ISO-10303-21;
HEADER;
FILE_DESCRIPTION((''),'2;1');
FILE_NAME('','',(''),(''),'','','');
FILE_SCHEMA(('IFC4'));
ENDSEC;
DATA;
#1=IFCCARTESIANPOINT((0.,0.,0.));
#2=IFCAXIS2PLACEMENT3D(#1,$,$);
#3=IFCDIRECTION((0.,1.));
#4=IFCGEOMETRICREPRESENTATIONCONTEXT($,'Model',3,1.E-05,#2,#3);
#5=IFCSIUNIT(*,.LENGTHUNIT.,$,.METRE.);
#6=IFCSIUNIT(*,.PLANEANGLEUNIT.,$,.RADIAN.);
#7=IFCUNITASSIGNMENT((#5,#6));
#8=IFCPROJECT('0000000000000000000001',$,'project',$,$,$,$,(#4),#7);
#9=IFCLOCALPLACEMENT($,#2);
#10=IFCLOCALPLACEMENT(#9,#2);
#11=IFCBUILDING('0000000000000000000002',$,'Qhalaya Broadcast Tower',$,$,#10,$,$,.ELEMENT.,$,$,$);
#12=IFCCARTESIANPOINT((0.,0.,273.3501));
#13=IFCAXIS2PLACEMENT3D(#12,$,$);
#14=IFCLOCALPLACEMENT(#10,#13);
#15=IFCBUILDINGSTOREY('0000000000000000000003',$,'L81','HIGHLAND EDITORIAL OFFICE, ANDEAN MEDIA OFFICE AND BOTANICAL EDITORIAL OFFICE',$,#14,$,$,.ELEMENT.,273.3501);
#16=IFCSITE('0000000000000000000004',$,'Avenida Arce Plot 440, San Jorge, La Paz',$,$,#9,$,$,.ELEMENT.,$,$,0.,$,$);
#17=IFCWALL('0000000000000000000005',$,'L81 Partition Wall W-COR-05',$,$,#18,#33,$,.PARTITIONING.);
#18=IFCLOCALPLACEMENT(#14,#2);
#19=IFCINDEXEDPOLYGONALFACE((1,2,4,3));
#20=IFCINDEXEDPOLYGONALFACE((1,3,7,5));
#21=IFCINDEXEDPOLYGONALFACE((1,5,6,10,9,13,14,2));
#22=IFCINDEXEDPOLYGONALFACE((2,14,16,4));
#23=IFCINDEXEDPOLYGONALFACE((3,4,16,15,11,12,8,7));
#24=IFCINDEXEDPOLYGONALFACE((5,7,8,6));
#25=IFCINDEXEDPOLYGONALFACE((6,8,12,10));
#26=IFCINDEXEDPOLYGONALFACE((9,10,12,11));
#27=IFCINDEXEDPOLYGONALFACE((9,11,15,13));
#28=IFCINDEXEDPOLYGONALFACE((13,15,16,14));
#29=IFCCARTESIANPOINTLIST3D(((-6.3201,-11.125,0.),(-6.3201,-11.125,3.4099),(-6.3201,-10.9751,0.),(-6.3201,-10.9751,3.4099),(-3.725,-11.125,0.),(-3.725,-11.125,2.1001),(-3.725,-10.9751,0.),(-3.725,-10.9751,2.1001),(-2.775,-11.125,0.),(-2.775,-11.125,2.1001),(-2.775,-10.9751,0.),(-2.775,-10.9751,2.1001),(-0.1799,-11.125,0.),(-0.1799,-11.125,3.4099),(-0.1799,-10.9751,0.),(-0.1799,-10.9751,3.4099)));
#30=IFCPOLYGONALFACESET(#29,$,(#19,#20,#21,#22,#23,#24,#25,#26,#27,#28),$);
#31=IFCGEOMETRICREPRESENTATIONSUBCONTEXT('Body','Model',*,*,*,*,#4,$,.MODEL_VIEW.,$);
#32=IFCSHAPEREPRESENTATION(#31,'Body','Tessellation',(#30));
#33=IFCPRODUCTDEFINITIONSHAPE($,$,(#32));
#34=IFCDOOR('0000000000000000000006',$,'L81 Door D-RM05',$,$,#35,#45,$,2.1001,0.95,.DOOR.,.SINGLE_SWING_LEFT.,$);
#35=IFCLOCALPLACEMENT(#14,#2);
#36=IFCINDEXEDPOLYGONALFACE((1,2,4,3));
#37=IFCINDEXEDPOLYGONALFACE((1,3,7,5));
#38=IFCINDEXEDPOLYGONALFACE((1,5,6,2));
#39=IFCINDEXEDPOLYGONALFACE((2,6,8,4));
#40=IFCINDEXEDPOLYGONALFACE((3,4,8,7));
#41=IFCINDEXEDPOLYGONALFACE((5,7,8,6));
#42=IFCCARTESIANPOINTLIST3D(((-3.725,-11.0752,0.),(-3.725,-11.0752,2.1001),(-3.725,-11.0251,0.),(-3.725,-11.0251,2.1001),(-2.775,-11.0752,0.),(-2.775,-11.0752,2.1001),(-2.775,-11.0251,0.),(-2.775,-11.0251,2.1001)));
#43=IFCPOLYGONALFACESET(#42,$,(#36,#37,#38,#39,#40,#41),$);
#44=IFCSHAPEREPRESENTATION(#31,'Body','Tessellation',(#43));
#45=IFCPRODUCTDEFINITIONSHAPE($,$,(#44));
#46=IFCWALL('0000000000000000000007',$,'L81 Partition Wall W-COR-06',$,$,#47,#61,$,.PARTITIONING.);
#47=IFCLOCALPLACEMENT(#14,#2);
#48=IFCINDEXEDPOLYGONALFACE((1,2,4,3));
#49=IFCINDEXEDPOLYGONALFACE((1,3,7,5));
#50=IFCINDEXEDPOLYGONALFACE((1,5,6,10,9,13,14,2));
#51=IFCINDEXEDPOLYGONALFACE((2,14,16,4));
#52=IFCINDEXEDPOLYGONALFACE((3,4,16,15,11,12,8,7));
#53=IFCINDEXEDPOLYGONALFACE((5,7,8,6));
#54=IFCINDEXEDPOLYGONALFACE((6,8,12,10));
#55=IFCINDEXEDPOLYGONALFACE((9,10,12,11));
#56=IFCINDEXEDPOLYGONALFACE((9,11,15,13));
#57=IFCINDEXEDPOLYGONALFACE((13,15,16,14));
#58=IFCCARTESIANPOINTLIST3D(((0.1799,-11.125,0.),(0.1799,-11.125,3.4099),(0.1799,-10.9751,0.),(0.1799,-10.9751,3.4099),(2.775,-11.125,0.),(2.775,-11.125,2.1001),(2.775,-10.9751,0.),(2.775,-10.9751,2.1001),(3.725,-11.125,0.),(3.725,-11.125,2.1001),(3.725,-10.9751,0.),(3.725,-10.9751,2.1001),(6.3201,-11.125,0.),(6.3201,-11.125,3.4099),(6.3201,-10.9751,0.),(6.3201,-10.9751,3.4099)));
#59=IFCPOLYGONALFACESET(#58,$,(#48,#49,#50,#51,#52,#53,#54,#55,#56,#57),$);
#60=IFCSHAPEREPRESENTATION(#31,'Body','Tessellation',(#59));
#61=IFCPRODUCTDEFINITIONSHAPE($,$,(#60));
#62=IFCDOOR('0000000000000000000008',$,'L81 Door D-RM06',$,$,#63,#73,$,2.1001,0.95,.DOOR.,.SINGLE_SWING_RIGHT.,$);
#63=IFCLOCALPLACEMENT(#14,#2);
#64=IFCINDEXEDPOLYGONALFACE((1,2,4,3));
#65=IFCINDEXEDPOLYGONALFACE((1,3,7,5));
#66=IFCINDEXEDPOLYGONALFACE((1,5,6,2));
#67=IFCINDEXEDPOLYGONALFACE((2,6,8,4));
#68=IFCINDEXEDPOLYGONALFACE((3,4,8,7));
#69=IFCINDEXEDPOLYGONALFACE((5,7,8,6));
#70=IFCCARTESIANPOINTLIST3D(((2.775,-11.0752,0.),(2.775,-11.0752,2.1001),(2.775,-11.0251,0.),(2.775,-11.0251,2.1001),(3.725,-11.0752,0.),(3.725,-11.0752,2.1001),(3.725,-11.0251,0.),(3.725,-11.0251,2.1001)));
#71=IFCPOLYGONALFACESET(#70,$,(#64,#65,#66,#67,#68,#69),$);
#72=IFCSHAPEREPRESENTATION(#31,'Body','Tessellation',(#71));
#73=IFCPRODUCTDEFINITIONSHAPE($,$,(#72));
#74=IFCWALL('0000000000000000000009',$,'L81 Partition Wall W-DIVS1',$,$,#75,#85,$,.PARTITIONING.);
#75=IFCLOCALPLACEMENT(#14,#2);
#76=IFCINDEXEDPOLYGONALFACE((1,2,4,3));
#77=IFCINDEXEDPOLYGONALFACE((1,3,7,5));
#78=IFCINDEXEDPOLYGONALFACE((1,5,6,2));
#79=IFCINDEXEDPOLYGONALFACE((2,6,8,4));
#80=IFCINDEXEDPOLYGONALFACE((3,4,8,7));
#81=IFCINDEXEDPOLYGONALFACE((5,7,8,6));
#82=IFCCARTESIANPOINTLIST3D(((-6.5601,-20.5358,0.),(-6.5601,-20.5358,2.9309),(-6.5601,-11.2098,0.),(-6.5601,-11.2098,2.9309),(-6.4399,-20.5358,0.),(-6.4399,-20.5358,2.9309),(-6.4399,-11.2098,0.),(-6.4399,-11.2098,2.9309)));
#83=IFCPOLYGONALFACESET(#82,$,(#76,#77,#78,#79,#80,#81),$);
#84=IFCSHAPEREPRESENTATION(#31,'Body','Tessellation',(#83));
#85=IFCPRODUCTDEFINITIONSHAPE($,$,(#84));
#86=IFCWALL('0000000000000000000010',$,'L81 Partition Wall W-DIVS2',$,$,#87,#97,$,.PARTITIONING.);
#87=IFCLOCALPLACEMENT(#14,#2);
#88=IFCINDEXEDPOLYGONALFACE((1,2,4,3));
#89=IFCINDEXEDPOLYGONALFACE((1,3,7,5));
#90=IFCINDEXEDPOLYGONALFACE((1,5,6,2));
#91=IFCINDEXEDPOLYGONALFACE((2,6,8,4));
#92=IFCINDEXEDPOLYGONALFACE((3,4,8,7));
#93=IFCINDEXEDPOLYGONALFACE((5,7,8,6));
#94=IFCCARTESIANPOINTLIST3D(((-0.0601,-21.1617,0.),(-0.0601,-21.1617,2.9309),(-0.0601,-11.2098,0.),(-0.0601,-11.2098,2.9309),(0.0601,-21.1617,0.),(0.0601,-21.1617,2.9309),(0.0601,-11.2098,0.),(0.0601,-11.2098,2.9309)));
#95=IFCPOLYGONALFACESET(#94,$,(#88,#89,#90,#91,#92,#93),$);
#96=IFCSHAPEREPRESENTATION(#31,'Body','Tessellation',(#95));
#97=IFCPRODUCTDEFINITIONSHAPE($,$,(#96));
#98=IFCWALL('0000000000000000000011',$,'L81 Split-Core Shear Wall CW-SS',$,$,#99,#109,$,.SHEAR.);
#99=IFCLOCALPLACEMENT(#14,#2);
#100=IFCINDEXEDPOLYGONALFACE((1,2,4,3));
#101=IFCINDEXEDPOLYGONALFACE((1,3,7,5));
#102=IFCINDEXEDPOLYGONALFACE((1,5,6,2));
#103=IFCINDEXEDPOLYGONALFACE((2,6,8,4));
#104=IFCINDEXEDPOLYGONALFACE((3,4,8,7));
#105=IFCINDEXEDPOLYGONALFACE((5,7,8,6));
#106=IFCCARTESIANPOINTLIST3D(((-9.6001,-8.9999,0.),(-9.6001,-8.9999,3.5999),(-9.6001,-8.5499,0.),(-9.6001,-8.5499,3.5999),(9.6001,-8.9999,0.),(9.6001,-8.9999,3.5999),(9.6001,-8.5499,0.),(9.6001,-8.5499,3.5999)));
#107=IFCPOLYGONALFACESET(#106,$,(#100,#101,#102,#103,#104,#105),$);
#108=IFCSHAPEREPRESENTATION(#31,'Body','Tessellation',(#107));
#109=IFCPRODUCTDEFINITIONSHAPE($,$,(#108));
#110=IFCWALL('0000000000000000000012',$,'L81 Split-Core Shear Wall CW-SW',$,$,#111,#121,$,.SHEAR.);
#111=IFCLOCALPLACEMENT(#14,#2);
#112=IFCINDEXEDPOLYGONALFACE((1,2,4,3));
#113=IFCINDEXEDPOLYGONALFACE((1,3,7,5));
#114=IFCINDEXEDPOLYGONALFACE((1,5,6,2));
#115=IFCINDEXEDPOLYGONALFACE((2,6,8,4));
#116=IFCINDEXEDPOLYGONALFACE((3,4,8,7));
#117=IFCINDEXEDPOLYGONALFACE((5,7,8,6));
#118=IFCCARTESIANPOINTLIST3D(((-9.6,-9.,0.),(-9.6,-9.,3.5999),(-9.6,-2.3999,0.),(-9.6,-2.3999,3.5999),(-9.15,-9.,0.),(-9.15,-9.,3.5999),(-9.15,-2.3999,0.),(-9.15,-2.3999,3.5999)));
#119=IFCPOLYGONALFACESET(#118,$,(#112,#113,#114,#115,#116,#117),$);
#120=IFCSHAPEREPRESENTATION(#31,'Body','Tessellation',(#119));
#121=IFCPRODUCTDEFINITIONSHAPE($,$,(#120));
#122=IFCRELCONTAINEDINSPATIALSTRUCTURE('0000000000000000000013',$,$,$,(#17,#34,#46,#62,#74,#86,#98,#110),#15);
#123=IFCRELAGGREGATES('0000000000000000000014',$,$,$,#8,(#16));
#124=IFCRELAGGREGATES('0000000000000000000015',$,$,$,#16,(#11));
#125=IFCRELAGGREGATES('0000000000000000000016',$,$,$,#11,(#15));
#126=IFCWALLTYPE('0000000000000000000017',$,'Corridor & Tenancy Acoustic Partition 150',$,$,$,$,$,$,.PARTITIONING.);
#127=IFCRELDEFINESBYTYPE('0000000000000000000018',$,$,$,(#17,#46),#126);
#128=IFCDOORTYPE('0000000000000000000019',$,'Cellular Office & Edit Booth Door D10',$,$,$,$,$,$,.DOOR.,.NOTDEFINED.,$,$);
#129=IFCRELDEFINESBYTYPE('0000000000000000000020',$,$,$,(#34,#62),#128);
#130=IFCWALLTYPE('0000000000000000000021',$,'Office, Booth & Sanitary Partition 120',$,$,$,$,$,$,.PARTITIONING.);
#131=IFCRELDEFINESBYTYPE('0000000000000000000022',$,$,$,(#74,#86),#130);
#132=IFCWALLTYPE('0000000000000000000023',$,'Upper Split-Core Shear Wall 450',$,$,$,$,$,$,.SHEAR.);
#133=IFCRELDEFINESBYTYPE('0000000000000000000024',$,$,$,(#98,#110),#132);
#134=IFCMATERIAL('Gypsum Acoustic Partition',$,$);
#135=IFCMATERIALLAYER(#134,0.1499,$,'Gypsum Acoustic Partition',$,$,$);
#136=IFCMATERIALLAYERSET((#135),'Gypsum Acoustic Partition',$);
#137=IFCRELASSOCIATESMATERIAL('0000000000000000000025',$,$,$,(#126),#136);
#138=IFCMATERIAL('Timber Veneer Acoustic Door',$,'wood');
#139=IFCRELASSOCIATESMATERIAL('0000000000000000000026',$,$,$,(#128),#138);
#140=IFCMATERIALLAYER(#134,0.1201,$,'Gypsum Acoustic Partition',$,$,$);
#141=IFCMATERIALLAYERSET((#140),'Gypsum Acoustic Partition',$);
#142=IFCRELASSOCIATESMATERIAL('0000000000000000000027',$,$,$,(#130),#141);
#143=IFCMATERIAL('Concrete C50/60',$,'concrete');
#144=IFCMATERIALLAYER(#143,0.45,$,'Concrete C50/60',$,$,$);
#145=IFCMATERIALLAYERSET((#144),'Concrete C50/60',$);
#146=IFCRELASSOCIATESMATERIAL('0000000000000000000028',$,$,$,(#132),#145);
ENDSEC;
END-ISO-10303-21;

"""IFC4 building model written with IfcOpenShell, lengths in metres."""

from ifc_helpers import new_model, si_unit, direction, frame, frame_2d, origin, place, context, subcontext, project, spatial, rectangle, extrude, material, layer, layer_set, type_object, element, fill, save


model = new_model("IFC4")

# Units and contexts
model_context = context("Model", 3, precision=1e-05, world=origin(), true_north=direction((0.0, 1.0)))
body_context = subcontext(model_context, "Body", "Model", "MODEL_VIEW")
ifc_project = project(units=[si_unit("LENGTHUNIT", "METRE"), si_unit("PLANEANGLEUNIT", "RADIAN")], contexts=[model_context])

# Site, building, storey
site_placement = place(None, origin())
site = spatial("IfcSite", under=ifc_project, at=site_placement, Name="Avenida Arce Plot 440, San Jorge, La Paz", CompositionType="ELEMENT", RefElevation=0.0)
building_placement = place(site_placement, origin())
building = spatial("IfcBuilding", under=site, at=building_placement, Name="Qhalaya Broadcast Tower", CompositionType="ELEMENT")
storey_placement = place(building_placement, frame((0.0, 0.0, 273.3501)))
storey = spatial("IfcBuildingStorey", under=building, at=storey_placement, Name="L81", Description="HIGHLAND EDITORIAL OFFICE, ANDEAN MEDIA OFFICE AND BOTANICAL EDITORIAL OFFICE", CompositionType="ELEMENT", Elevation=273.3501)

# Walls, openings, doors
ifc_material_1 = material(Name="Gypsum Acoustic Partition")
ifc_layer_1 = layer(ifc_material_1, 0.1499, Name="Gypsum Acoustic Partition")
ifc_layer_set_1 = layer_set([ifc_layer_1], Name="Gypsum Acoustic Partition")
wall_type_1 = type_object("IfcWallType", Name="Corridor & Tenancy Acoustic Partition 150", PredefinedType="PARTITIONING", material=ifc_layer_set_1)
wall_1_placement = place(storey_placement, frame((-6.3201, -11.05, 0.0), z_axis=(0.0, 0.0, 1.0), x_axis=(1.0, 0.0, 0.0)))
wall_1 = element("IfcWall", 1, at=wall_1_placement, inside=storey, type_object=wall_type_1, Name="L81 Partition Wall W-COR-05", PredefinedType="PARTITIONING", context=body_context, shape_type="SweptSolid", body=[
    extrude(rectangle(XDim=6.1401, YDim=0.1499, at=frame_2d((3.0701, 0.0))), origin(), (0.0, 0.0, 1.0), 3.4099),
])
opening_1_placement = place(wall_1_placement, frame((2.595, 0.0, 0.0)))
opening_1 = element("IfcOpeningElement", 2, at=opening_1_placement, cuts=wall_1, PredefinedType="OPENING", context=body_context, shape_type="SweptSolid", body=[
    extrude(rectangle(XDim=0.95, YDim=2.1001, at=frame_2d((0.4751, 1.05))), frame((0.0, 0.0869, 0.0), z_axis=(0.0, -1.0, 0.0), x_axis=(1.0, 0.0, 0.0)), (0.0, 0.0, 1.0), 0.1738),
])
ifc_material_2 = material(Name="Timber Veneer Acoustic Door", Category="wood")
door_type = type_object("IfcDoorType", Name="Cellular Office & Edit Booth Door D10", OperationType="NOTDEFINED", PredefinedType="DOOR", material=ifc_material_2)
door_1_placement = place(opening_1_placement, origin())
door_1 = element("IfcDoor", 3, at=door_1_placement, inside=storey, type_object=door_type, Name="L81 Door D-RM05", OperationType="SINGLE_SWING_LEFT", OverallHeight=2.1001, OverallWidth=0.95, PredefinedType="DOOR", context=body_context, shape_type="SweptSolid", body=[
    extrude(rectangle(XDim=0.95, YDim=2.1001, at=frame_2d((0.4751, 1.05))), frame((0.0, 0.0249, 0.0), z_axis=(0.0, -1.0, 0.0), x_axis=(1.0, 0.0, 0.0)), (0.0, 0.0, 1.0), 0.05),
])
fill(opening_1, door_1)
wall_2_placement = place(storey_placement, frame((0.1799, -11.05, 0.0), z_axis=(0.0, 0.0, 1.0), x_axis=(1.0, 0.0, 0.0)))
wall_2 = element("IfcWall", 4, at=wall_2_placement, inside=storey, type_object=wall_type_1, Name="L81 Partition Wall W-COR-06", PredefinedType="PARTITIONING", context=body_context, shape_type="SweptSolid", body=[
    extrude(rectangle(XDim=6.1401, YDim=0.1499, at=frame_2d((3.0701, 0.0))), origin(), (0.0, 0.0, 1.0), 3.4099),
])
opening_2_placement = place(wall_2_placement, frame((2.595, 0.0, 0.0)))
opening_2 = element("IfcOpeningElement", 5, at=opening_2_placement, cuts=wall_2, PredefinedType="OPENING", context=body_context, shape_type="SweptSolid", body=[
    extrude(rectangle(XDim=0.95, YDim=2.1001, at=frame_2d((0.4751, 1.05))), frame((0.0, 0.0869, 0.0), z_axis=(0.0, -1.0, 0.0), x_axis=(1.0, 0.0, 0.0)), (0.0, 0.0, 1.0), 0.1738),
])
door_2_placement = place(opening_2_placement, origin())
door_2 = element("IfcDoor", 6, at=door_2_placement, inside=storey, type_object=door_type, Name="L81 Door D-RM06", OperationType="SINGLE_SWING_RIGHT", OverallHeight=2.1001, OverallWidth=0.95, PredefinedType="DOOR", context=body_context, shape_type="SweptSolid", body=[
    extrude(rectangle(XDim=0.95, YDim=2.1001, at=frame_2d((0.4751, 1.05))), frame((0.0, 0.0249, 0.0), z_axis=(0.0, -1.0, 0.0), x_axis=(1.0, 0.0, 0.0)), (0.0, 0.0, 1.0), 0.05),
])
fill(opening_2, door_2)

# Walls
ifc_layer_2 = layer(ifc_material_1, 0.1201, Name="Gypsum Acoustic Partition")
ifc_layer_set_2 = layer_set([ifc_layer_2], Name="Gypsum Acoustic Partition")
wall_type_2 = type_object("IfcWallType", Name="Office, Booth & Sanitary Partition 120", PredefinedType="PARTITIONING", material=ifc_layer_set_2)
wall_3_placement = place(storey_placement, frame((-6.5, -20.5359, 0.0), z_axis=(0.0, 0.0, 1.0), x_axis=(0.0, 1.0, 0.0)))
element("IfcWall", 7, at=wall_3_placement, inside=storey, type_object=wall_type_2, Name="L81 Partition Wall W-DIVS1", PredefinedType="PARTITIONING", context=body_context, shape_type="SweptSolid", body=[
    extrude(rectangle(XDim=9.3259, YDim=0.1201, at=frame_2d((4.6631, 0.0))), origin(), (0.0, 0.0, 1.0), 2.9309),
])
wall_4_placement = place(storey_placement, frame((0.0, -21.1619, 0.0), z_axis=(0.0, 0.0, 1.0), x_axis=(0.0, 1.0, 0.0)))
element("IfcWall", 8, at=wall_4_placement, inside=storey, type_object=wall_type_2, Name="L81 Partition Wall W-DIVS2", PredefinedType="PARTITIONING", context=body_context, shape_type="SweptSolid", body=[
    extrude(rectangle(XDim=9.9519, YDim=0.1201, at=frame_2d((4.9761, 0.0))), origin(), (0.0, 0.0, 1.0), 2.9309),
])
ifc_material_3 = material(Name="Concrete C50/60", Category="concrete")
ifc_layer_3 = layer(ifc_material_3, 0.45, Name="Concrete C50/60")
ifc_layer_set_3 = layer_set([ifc_layer_3], Name="Concrete C50/60")
wall_type_3 = type_object("IfcWallType", Name="Upper Split-Core Shear Wall 450", PredefinedType="SHEAR", material=ifc_layer_set_3)
wall_5_placement = place(storey_placement, frame((-9.6001, -8.7749, 0.0), z_axis=(0.0, 0.0, 1.0), x_axis=(1.0, 0.0, 0.0)))
element("IfcWall", 9, at=wall_5_placement, inside=storey, type_object=wall_type_3, Name="L81 Split-Core Shear Wall CW-SS", PredefinedType="SHEAR", context=body_context, shape_type="SweptSolid", body=[
    extrude(rectangle(XDim=19.2002, YDim=0.45, at=frame_2d((9.6001, 0.0))), origin(), (0.0, 0.0, 1.0), 3.5999),
])
wall_6_placement = place(storey_placement, frame((-9.375, -9.0, 0.0), z_axis=(0.0, 0.0, 1.0), x_axis=(0.0, 1.0, 0.0)))
element("IfcWall", 10, at=wall_6_placement, inside=storey, type_object=wall_type_3, Name="L81 Split-Core Shear Wall CW-SW", PredefinedType="SHEAR", context=body_context, shape_type="SweptSolid", body=[
    extrude(rectangle(XDim=6.6001, YDim=0.45, at=frame_2d((3.3, 0.0))), origin(), (0.0, 0.0, 1.0), 3.5999),
])

save(model, "model.ifc")
